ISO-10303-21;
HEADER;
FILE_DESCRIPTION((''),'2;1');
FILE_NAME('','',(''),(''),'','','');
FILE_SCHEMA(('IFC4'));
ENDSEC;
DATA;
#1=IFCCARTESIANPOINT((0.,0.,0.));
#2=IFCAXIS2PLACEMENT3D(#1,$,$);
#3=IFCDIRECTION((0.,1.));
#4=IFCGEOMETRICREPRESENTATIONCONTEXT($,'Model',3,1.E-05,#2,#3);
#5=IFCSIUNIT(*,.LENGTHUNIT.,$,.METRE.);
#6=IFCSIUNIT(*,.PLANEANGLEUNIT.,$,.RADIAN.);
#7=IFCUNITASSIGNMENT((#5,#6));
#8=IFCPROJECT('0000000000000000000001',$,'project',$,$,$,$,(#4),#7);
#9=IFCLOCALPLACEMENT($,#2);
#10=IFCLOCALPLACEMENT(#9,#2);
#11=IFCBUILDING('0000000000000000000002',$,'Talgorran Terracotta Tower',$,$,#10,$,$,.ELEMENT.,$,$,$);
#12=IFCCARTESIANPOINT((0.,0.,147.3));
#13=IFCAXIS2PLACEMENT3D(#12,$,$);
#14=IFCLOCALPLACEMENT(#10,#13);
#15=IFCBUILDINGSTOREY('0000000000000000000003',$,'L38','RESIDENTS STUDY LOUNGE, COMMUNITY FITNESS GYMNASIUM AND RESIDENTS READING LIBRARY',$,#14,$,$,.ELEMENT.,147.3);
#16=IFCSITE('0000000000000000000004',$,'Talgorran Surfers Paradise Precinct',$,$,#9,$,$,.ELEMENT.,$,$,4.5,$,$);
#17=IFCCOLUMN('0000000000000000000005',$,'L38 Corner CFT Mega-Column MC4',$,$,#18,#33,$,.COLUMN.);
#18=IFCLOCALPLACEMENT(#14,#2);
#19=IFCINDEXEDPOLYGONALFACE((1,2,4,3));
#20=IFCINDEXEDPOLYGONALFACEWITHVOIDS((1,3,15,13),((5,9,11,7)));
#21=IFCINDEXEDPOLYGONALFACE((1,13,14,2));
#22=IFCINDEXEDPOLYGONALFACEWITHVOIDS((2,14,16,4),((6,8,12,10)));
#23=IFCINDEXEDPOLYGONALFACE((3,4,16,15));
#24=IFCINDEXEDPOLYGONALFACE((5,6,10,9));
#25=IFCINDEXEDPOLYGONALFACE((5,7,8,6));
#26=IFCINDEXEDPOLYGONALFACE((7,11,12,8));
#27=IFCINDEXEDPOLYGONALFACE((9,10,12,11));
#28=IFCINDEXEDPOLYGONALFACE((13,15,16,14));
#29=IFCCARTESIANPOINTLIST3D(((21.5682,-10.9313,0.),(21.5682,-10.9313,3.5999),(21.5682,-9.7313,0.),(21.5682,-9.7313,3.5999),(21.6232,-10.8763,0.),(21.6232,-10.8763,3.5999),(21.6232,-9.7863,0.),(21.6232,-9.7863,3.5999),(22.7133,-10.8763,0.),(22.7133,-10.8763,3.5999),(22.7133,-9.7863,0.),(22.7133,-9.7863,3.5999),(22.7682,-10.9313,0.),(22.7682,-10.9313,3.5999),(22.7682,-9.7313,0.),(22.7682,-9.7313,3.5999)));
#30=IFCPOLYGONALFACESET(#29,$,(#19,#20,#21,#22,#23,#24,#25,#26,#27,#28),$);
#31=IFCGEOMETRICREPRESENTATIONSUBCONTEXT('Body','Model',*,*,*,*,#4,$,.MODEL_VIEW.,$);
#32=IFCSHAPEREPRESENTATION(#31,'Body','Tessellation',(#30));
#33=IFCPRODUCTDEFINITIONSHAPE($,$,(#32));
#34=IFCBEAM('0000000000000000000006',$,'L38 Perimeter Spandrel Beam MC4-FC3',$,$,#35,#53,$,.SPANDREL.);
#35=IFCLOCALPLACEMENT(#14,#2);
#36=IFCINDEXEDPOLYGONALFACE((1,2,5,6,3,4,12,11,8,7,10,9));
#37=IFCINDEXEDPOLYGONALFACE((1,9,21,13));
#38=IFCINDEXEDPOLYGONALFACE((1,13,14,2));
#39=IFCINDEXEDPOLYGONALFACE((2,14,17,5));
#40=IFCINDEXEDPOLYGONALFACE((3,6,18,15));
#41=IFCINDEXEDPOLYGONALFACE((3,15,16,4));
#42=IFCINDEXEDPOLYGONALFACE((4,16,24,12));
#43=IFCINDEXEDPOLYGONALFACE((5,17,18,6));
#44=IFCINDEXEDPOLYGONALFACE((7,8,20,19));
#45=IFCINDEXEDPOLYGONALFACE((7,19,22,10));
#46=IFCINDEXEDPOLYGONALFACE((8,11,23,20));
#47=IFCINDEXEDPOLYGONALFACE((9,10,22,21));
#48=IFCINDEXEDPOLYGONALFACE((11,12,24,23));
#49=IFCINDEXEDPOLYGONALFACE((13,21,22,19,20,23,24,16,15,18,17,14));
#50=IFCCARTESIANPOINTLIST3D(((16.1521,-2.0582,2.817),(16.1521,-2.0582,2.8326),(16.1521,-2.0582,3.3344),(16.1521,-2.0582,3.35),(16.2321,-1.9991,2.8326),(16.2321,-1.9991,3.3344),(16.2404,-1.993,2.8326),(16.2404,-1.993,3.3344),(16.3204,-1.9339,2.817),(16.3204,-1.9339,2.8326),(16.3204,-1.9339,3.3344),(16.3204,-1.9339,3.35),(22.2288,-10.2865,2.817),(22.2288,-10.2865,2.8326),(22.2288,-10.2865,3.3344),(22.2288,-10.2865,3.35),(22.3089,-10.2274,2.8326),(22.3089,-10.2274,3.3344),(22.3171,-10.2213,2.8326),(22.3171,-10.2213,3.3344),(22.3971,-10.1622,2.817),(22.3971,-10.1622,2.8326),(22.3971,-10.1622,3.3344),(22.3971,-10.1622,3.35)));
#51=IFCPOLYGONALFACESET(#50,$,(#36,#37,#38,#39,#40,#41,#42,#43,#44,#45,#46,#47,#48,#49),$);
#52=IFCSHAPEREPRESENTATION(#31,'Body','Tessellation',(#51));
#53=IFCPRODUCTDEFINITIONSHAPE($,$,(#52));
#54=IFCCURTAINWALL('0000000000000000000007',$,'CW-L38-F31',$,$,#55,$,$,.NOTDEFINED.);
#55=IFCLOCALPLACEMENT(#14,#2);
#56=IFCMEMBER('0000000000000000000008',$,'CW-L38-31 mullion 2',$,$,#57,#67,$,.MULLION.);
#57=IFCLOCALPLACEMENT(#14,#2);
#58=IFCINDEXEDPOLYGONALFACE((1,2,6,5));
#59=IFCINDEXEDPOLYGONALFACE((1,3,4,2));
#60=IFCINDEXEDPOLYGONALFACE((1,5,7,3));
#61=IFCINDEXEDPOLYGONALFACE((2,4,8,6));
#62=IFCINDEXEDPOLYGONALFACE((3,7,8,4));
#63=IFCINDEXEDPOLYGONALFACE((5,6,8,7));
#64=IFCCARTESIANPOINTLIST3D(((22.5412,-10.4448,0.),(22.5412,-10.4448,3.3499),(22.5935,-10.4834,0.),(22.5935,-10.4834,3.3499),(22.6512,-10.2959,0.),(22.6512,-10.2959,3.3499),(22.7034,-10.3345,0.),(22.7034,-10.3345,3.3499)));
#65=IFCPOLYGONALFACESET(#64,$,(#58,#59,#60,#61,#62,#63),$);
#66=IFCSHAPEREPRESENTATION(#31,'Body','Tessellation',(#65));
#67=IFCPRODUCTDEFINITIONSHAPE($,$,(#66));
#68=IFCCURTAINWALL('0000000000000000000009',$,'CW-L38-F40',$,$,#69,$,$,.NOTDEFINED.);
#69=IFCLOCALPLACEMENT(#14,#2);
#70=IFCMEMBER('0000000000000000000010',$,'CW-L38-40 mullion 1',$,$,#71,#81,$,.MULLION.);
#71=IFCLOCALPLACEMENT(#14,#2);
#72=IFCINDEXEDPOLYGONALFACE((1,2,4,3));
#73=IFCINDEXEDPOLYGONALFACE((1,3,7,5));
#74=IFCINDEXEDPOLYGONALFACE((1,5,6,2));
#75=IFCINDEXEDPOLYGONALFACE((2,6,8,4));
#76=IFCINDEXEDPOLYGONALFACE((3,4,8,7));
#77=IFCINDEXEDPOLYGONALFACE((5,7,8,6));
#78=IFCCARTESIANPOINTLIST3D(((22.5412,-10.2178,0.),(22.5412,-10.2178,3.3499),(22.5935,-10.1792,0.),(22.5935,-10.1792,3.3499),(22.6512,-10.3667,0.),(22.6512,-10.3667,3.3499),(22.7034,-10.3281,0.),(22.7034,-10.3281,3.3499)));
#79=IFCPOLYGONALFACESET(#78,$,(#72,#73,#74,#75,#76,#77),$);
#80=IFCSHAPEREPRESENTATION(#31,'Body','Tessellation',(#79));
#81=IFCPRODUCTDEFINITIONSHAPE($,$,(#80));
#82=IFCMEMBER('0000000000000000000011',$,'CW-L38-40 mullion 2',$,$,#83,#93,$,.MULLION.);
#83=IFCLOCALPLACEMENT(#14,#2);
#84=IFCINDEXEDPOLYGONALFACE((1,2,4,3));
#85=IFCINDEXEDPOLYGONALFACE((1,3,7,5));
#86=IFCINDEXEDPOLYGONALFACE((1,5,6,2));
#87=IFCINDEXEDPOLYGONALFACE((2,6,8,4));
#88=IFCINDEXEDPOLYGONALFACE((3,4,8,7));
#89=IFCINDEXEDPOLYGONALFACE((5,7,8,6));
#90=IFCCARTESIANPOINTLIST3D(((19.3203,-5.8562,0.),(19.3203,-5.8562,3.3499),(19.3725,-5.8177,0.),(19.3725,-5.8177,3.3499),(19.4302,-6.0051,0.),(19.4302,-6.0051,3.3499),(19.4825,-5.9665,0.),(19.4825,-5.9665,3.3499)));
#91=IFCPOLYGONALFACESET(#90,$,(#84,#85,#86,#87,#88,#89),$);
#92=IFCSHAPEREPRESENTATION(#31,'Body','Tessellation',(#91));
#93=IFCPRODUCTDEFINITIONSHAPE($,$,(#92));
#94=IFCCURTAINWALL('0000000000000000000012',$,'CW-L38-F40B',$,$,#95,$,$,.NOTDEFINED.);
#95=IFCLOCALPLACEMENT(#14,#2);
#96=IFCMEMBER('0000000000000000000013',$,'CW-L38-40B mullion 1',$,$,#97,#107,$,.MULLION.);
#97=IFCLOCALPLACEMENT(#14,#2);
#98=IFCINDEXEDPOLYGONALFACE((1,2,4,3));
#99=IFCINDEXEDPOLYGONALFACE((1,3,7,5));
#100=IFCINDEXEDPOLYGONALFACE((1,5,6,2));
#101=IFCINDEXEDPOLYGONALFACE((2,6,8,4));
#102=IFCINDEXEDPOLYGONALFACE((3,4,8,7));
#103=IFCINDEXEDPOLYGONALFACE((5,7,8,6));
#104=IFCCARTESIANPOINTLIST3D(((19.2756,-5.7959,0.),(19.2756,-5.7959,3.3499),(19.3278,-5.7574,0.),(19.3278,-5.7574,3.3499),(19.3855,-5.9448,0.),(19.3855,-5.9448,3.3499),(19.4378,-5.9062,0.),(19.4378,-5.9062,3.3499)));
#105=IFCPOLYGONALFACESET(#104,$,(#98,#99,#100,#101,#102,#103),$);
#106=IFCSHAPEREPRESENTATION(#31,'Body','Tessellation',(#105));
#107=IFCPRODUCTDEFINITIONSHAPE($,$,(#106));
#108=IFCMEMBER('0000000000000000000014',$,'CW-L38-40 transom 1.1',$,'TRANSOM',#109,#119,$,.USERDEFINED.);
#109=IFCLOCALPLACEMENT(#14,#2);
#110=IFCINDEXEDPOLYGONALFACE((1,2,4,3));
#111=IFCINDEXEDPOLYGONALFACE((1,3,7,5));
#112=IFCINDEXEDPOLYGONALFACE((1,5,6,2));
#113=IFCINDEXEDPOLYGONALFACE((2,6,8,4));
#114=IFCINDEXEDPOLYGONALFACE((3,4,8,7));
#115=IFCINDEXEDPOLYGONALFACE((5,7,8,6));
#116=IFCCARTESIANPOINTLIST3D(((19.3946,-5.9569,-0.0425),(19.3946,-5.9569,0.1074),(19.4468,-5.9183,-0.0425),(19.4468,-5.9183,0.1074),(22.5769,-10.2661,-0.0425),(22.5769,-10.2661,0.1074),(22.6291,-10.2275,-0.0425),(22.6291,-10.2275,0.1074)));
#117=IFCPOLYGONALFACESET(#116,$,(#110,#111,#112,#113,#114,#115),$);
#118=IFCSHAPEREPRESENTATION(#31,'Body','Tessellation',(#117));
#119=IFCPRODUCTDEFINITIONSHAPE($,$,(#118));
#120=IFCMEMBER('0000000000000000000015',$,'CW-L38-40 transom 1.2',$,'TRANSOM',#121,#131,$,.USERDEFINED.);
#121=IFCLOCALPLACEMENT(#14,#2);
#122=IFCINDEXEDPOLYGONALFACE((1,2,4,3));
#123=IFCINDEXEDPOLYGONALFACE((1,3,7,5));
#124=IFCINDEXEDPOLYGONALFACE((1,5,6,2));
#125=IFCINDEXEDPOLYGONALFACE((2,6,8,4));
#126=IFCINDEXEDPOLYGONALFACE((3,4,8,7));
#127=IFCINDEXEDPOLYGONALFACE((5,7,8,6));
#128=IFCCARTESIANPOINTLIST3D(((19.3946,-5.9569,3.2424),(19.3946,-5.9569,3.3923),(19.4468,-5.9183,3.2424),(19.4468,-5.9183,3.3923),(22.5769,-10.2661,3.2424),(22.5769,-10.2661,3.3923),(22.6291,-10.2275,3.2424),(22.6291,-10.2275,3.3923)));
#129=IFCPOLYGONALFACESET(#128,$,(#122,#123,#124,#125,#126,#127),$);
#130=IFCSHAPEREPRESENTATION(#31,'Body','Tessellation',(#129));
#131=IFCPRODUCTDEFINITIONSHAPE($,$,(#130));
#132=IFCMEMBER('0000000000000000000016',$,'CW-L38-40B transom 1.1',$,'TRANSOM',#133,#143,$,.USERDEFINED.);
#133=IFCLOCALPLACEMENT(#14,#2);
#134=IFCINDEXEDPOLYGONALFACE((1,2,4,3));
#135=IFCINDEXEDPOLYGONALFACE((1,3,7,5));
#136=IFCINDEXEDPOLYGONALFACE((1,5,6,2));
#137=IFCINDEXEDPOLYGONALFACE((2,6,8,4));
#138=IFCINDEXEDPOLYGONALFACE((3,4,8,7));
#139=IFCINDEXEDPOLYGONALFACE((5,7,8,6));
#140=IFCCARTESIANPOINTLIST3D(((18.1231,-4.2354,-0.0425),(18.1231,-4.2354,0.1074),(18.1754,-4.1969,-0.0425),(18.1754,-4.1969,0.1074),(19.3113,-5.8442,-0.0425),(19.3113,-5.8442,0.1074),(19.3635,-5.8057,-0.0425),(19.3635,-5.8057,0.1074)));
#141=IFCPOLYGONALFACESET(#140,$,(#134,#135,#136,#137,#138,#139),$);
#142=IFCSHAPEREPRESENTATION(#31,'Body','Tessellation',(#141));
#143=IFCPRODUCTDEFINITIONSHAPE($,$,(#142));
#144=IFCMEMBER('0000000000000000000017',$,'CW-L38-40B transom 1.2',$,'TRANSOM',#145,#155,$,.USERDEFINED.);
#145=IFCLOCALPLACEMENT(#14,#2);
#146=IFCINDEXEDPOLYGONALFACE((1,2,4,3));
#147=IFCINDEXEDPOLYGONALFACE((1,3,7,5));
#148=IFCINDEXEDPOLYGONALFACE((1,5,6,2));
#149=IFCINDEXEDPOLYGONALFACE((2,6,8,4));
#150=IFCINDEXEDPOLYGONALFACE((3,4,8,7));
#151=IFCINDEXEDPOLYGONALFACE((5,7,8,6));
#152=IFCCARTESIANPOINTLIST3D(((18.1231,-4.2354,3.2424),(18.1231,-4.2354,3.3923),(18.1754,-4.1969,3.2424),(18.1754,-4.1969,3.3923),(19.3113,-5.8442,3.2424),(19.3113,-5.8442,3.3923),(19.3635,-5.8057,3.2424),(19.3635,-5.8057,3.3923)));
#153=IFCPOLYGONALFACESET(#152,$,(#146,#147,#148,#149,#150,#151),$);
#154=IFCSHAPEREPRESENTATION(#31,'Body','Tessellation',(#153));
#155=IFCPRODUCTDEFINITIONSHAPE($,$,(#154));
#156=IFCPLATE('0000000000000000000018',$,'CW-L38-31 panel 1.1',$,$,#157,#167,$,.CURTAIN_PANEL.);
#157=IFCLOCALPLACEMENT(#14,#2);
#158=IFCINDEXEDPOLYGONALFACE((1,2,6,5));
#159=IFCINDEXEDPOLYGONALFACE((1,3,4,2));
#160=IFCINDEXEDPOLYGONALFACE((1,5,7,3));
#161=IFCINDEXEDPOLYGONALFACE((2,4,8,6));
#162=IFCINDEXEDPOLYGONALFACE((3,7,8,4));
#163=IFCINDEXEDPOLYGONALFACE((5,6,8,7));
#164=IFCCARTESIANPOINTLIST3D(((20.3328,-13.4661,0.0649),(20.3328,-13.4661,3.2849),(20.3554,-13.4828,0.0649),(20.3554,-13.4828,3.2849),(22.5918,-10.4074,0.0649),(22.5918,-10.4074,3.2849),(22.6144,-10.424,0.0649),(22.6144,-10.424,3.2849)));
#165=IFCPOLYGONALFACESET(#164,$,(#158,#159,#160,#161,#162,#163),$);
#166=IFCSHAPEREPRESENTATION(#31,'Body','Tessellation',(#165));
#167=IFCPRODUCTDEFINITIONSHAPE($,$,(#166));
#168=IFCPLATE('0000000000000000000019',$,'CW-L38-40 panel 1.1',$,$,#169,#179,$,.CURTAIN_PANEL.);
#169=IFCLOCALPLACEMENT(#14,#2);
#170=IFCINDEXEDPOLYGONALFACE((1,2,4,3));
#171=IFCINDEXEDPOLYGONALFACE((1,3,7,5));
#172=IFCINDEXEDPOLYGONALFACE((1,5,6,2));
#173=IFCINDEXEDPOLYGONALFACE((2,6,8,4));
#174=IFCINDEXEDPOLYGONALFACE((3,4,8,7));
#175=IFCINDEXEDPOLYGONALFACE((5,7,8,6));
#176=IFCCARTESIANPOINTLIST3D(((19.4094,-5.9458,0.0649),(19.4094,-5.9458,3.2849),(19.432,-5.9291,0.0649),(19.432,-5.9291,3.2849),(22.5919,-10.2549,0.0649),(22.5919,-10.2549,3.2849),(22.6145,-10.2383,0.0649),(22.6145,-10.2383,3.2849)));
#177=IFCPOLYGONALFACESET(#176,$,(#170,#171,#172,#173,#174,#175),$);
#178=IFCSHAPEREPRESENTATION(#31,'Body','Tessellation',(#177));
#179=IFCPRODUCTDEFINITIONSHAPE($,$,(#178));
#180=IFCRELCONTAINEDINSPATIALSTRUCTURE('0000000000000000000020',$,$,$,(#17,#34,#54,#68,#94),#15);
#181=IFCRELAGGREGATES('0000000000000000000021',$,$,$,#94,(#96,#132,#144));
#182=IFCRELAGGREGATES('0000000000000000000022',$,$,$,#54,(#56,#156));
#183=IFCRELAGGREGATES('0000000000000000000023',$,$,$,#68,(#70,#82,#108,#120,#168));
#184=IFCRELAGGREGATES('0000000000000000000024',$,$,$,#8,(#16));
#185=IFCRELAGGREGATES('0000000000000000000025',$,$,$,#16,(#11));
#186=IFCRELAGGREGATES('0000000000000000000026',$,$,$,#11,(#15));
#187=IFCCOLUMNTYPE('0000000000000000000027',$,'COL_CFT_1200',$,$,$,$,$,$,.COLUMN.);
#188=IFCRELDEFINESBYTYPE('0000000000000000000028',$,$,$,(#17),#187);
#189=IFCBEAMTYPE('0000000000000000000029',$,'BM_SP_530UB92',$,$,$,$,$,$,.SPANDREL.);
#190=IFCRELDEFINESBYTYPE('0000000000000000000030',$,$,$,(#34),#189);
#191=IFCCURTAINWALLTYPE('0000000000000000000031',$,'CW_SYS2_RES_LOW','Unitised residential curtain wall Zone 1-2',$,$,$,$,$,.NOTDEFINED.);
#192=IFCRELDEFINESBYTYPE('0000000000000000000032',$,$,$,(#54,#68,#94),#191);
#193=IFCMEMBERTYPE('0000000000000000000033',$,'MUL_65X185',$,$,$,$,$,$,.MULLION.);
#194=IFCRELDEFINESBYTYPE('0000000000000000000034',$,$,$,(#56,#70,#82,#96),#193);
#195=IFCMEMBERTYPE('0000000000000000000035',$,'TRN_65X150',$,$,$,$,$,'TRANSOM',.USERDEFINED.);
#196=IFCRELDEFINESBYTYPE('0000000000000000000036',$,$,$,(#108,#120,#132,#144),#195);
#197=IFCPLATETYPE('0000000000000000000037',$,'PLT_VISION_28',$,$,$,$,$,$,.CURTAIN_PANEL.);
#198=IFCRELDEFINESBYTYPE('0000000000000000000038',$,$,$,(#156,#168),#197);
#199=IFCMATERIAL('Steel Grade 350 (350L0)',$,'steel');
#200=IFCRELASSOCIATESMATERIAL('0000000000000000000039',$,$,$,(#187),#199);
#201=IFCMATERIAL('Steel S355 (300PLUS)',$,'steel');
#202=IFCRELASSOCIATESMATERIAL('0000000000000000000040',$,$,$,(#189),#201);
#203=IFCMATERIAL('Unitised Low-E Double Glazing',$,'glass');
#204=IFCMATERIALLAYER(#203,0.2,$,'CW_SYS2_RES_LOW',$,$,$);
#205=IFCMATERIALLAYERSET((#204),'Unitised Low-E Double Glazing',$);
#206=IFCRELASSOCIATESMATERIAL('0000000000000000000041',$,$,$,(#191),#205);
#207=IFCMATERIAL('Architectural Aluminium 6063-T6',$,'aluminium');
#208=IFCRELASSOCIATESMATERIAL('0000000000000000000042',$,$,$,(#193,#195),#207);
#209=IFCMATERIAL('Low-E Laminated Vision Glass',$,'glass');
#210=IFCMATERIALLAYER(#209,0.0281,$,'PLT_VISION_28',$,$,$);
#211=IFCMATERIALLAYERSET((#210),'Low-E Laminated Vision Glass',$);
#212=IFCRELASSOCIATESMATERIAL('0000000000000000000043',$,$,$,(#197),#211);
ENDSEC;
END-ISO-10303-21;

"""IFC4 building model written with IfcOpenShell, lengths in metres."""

from ifc_helpers import new_model, si_unit, direction, frame, origin, origin_2d, place, context, subcontext, project, spatial, rectangle, hollow_rectangle, i_section, extrude, source, transform, mapped, material, layer, layer_set, material_profile, profile_set, type_object, type_shapes, element, aggregate, save


model = new_model("IFC4")

# Units and contexts
model_context = context("Model", 3, precision=1e-05, world=origin(), true_north=direction((0.0, 1.0)))
body_context = subcontext(model_context, "Body", "Model", "MODEL_VIEW")
ifc_project = project(units=[si_unit("LENGTHUNIT", "METRE"), si_unit("PLANEANGLEUNIT", "RADIAN")], contexts=[model_context])

# Site, building, storey
site_placement = place(None, origin())
site = spatial("IfcSite", under=ifc_project, at=site_placement, Name="Talgorran Surfers Paradise Precinct", CompositionType="ELEMENT", RefElevation=4.5)
building_placement = place(site_placement, origin())
building = spatial("IfcBuilding", under=site, at=building_placement, Name="Talgorran Terracotta Tower", CompositionType="ELEMENT")
storey_placement = place(building_placement, frame((0.0, 0.0, 147.3)))
storey = spatial("IfcBuildingStorey", under=building, at=storey_placement, Name="L38", Description="RESIDENTS STUDY LOUNGE, COMMUNITY FITNESS GYMNASIUM AND RESIDENTS READING LIBRARY", CompositionType="ELEMENT", Elevation=147.3)

# Column
ifc_material_1 = material(Name="Steel Grade 350 (350L0)", Category="steel")
ifc_material_profile_1 = material_profile(ifc_material_1, hollow_rectangle(XDim=1.2, YDim=1.2, WallThickness=0.0549, at=origin_2d()), Name="CFT1200X1200X55")
ifc_profile_set_1 = profile_set([ifc_material_profile_1], Name="Steel Grade 350 (350L0)")
column_type = type_object("IfcColumnType", Name="COL_CFT_1200", PredefinedType="COLUMN", material=ifc_profile_set_1)
column_placement = place(storey_placement, frame((22.1682, -10.3313, 0.0), z_axis=(0.0, 0.0, 1.0), x_axis=(1.0, 0.0, 0.0)))
element("IfcColumn", 1, at=column_placement, inside=storey, type_object=column_type, Name="L38 Corner CFT Mega-Column MC4", PredefinedType="COLUMN", context=body_context, shape_type="SweptSolid", body=[
    extrude(hollow_rectangle(XDim=1.2, YDim=1.2, WallThickness=0.0549, at=origin_2d()), origin(), (0.0, 0.0, 1.0), 3.5999),
])

# Beam
ifc_material_2 = material(Name="Steel S355 (300PLUS)", Category="steel")
ifc_material_profile_2 = material_profile(ifc_material_2, i_section(OverallWidth=0.2092, OverallDepth=0.533, WebThickness=0.0103, FlangeThickness=0.0156, at=origin_2d()), Name="530UB92.4")
ifc_profile_set_2 = profile_set([ifc_material_profile_2], Name="Steel S355 (300PLUS)")
beam_type = type_object("IfcBeamType", Name="BM_SP_530UB92", PredefinedType="SPANDREL", material=ifc_profile_set_2)
beam_placement = place(storey_placement, frame((22.313, -10.2244, 3.0835), z_axis=(-0.594068, 0.804415, 0.0), x_axis=(-0.804415, -0.594068, 0.0)))
element("IfcBeam", 2, at=beam_placement, inside=storey, type_object=beam_type, Name="L38 Perimeter Spandrel Beam MC4-FC3", PredefinedType="SPANDREL", context=body_context, shape_type="SweptSolid", body=[
    extrude(i_section(OverallWidth=0.2092, OverallDepth=0.533, WebThickness=0.0103, FlangeThickness=0.0156, at=origin_2d()), origin(), (0.0, 0.0, 1.0), 10.229),
])

# Curtain wall, member
ifc_material_3 = material(Name="Unitised Low-E Double Glazing", Category="glass")
ifc_layer_1 = layer(ifc_material_3, 0.2, Name="CW_SYS2_RES_LOW")
ifc_layer_set_1 = layer_set([ifc_layer_1], Name="Unitised Low-E Double Glazing")
curtain_wall_type = type_object("IfcCurtainWallType", Name="CW_SYS2_RES_LOW", Description="Unitised residential curtain wall Zone 1-2", PredefinedType="NOTDEFINED", material=ifc_layer_set_1)
curtain_wall_1_placement = place(storey_placement, origin())
curtain_wall_1 = element("IfcCurtainWall", 3, at=curtain_wall_1_placement, inside=storey, type_object=curtain_wall_type, Name="CW-L38-F31", PredefinedType="NOTDEFINED")
ifc_material_4 = material(Name="Architectural Aluminium 6063-T6", Category="aluminium")
ifc_material_profile_3 = material_profile(ifc_material_4, rectangle(XDim=0.0649, YDim=0.1851, at=origin_2d()), Name="CWM65X185")
ifc_profile_set_3 = profile_set([ifc_material_profile_3], Name="Architectural Aluminium 6063-T6")
member_type_1 = type_object("IfcMemberType", Name="MUL_65X185", PredefinedType="MULLION", material=ifc_profile_set_3)
member_1_placement = place(storey_placement, frame((22.6223, -10.3896, 0.0), z_axis=(0.0, 0.0, 1.0), x_axis=(-0.804403, 0.594084, 0.0)))
member_1 = element("IfcMember", 4, at=member_1_placement, type_object=member_type_1, Name="CW-L38-31 mullion 2", PredefinedType="MULLION", context=body_context, shape_type="SweptSolid", body=[
    extrude(rectangle(XDim=0.0649, YDim=0.1851, at=origin_2d()), origin(), (0.0, 0.0, 1.0), 3.3499),
])

# Curtain wall, members
curtain_wall_2_placement = place(storey_placement, origin())
curtain_wall_2 = element("IfcCurtainWall", 5, at=curtain_wall_2_placement, inside=storey, type_object=curtain_wall_type, Name="CW-L38-F40", PredefinedType="NOTDEFINED")
member_2_placement = place(storey_placement, frame((22.6223, -10.2729, 0.0), z_axis=(0.0, 0.0, 1.0), x_axis=(-0.804403, -0.594085, 0.0)))
member_2 = element("IfcMember", 6, at=member_2_placement, type_object=member_type_1, Name="CW-L38-40 mullion 1", PredefinedType="MULLION", context=body_context, shape_type="SweptSolid", body=[
    extrude(rectangle(XDim=0.0649, YDim=0.1851, at=origin_2d()), origin(), (0.0, 0.0, 1.0), 3.3499),
])
member_3_placement = place(storey_placement, frame((19.4014, -5.9114, 0.0), z_axis=(0.0, 0.0, 1.0), x_axis=(-0.804403, -0.594085, 0.0)))
member_3 = element("IfcMember", 7, at=member_3_placement, type_object=member_type_1, Name="CW-L38-40 mullion 2", PredefinedType="MULLION", context=body_context, shape_type="SweptSolid", body=[
    extrude(rectangle(XDim=0.0649, YDim=0.1851, at=origin_2d()), origin(), (0.0, 0.0, 1.0), 3.3499),
])

# Curtain wall, member
curtain_wall_3_placement = place(storey_placement, origin())
curtain_wall_3 = element("IfcCurtainWall", 8, at=curtain_wall_3_placement, inside=storey, type_object=curtain_wall_type, Name="CW-L38-F40B", PredefinedType="NOTDEFINED")
member_4_placement = place(storey_placement, frame((19.3567, -5.8511, 0.0), z_axis=(0.0, 0.0, 1.0), x_axis=(-0.8044, -0.594087, 0.0)))
member_4 = element("IfcMember", 9, at=member_4_placement, type_object=member_type_1, Name="CW-L38-40B mullion 1", PredefinedType="MULLION", context=body_context, shape_type="SweptSolid", body=[
    extrude(rectangle(XDim=0.0649, YDim=0.1851, at=origin_2d()), origin(), (0.0, 0.0, 1.0), 3.3499),
])

# Members
ifc_material_profile_4 = material_profile(ifc_material_4, rectangle(XDim=0.0649, YDim=0.1499, at=origin_2d()), Name="CWT65X150")
ifc_profile_set_4 = profile_set([ifc_material_profile_4], Name="Architectural Aluminium 6063-T6")
member_type_2 = type_object("IfcMemberType", Name="TRN_65X150", ElementType="TRANSOM", PredefinedType="USERDEFINED", material=ifc_profile_set_4)
member_5_placement = place(storey_placement, frame((22.603, -10.2468, 0.0325), z_axis=(-0.594055, 0.804424, 0.0), x_axis=(-0.804424, -0.594055, 0.0)))
member_5 = element("IfcMember", 10, at=member_5_placement, type_object=member_type_2, Name="CW-L38-40 transom 1.1", ObjectType="TRANSOM", PredefinedType="USERDEFINED", context=body_context, shape_type="SweptSolid", body=[
    extrude(rectangle(XDim=0.0649, YDim=0.1499, at=origin_2d()), origin(), (0.0, 0.0, 1.0), 5.3569),
])
member_6_placement = place(storey_placement, frame((22.603, -10.2468, 3.3174), z_axis=(-0.594055, 0.804424, 0.0), x_axis=(-0.804424, -0.594055, 0.0)))
member_6 = element("IfcMember", 11, at=member_6_placement, type_object=member_type_2, Name="CW-L38-40 transom 1.2", ObjectType="TRANSOM", PredefinedType="USERDEFINED", context=body_context, shape_type="SweptSolid", body=[
    extrude(rectangle(XDim=0.0649, YDim=0.1499, at=origin_2d()), origin(), (0.0, 0.0, 1.0), 5.3569),
])
member_7_placement = place(storey_placement, frame((19.3374, -5.825, 0.0325), z_axis=(-0.594086, 0.804402, 0.0), x_axis=(-0.804402, -0.594086, 0.0)))
member_7 = element("IfcMember", 12, at=member_7_placement, type_object=member_type_2, Name="CW-L38-40B transom 1.1", ObjectType="TRANSOM", PredefinedType="USERDEFINED", context=body_context, shape_type="SweptSolid", body=[
    extrude(rectangle(XDim=0.0649, YDim=0.1499, at=origin_2d()), origin(), (0.0, 0.0, 1.0), 2.0),
])
member_8_placement = place(storey_placement, frame((19.3374, -5.825, 3.3174), z_axis=(-0.594086, 0.804402, 0.0), x_axis=(-0.804402, -0.594086, 0.0)))
member_8 = element("IfcMember", 13, at=member_8_placement, type_object=member_type_2, Name="CW-L38-40B transom 1.2", ObjectType="TRANSOM", PredefinedType="USERDEFINED", context=body_context, shape_type="SweptSolid", body=[
    extrude(rectangle(XDim=0.0649, YDim=0.1499, at=origin_2d()), origin(), (0.0, 0.0, 1.0), 2.0),
])
aggregate(curtain_wall_3, [member_4, member_7, member_8])

# Plates
ifc_material_5 = material(Name="Low-E Laminated Vision Glass", Category="glass")
ifc_layer_2 = layer(ifc_material_5, 0.0281, Name="PLT_VISION_28")
ifc_layer_set_2 = layer_set([ifc_layer_2], Name="Low-E Laminated Vision Glass")
plate_type = type_object("IfcPlateType", Name="PLT_VISION_28", PredefinedType="CURTAIN_PANEL", material=ifc_layer_set_2)
shared_shape_1 = source(origin(), body_context, "Body", "SweptSolid", [
    extrude(rectangle(XDim=3.8025, YDim=0.0281, at=origin_2d()), origin(), (0.0, 0.0, 1.0), 3.22),
])
plate_1_placement = place(storey_placement, frame((21.4736, -11.9451, 0.0649), z_axis=(0.0, 0.0, 1.0), x_axis=(0.594084, 0.804403, 0.0)))
plate_1 = element("IfcPlate", 14, at=plate_1_placement, type_object=plate_type, Name="CW-L38-31 panel 1.1", PredefinedType="CURTAIN_PANEL", context=body_context, shape_type="MappedRepresentation", body=[
    mapped(shared_shape_1, transform((0.0, 0.0, 0.0), scale=1.0)),
])
aggregate(curtain_wall_1, [member_1, plate_1])
shared_shape_2 = source(origin(), body_context, "Body", "SweptSolid", [
    extrude(rectangle(XDim=5.3569, YDim=0.0281, at=origin_2d()), origin(), (0.0, 0.0, 1.0), 3.22),
])
type_shapes(plate_type, [shared_shape_1, shared_shape_2])
plate_2_placement = place(storey_placement, frame((21.012, -8.092, 0.0649), z_axis=(0.0, 0.0, 1.0), x_axis=(-0.594085, 0.804403, 0.0)))
plate_2 = element("IfcPlate", 15, at=plate_2_placement, type_object=plate_type, Name="CW-L38-40 panel 1.1", PredefinedType="CURTAIN_PANEL", context=body_context, shape_type="MappedRepresentation", body=[
    mapped(shared_shape_2, transform((0.0, 0.0, 0.0), scale=1.0)),
])
aggregate(curtain_wall_2, [member_2, member_3, member_5, member_6, plate_2])

save(model, "model.ifc")
